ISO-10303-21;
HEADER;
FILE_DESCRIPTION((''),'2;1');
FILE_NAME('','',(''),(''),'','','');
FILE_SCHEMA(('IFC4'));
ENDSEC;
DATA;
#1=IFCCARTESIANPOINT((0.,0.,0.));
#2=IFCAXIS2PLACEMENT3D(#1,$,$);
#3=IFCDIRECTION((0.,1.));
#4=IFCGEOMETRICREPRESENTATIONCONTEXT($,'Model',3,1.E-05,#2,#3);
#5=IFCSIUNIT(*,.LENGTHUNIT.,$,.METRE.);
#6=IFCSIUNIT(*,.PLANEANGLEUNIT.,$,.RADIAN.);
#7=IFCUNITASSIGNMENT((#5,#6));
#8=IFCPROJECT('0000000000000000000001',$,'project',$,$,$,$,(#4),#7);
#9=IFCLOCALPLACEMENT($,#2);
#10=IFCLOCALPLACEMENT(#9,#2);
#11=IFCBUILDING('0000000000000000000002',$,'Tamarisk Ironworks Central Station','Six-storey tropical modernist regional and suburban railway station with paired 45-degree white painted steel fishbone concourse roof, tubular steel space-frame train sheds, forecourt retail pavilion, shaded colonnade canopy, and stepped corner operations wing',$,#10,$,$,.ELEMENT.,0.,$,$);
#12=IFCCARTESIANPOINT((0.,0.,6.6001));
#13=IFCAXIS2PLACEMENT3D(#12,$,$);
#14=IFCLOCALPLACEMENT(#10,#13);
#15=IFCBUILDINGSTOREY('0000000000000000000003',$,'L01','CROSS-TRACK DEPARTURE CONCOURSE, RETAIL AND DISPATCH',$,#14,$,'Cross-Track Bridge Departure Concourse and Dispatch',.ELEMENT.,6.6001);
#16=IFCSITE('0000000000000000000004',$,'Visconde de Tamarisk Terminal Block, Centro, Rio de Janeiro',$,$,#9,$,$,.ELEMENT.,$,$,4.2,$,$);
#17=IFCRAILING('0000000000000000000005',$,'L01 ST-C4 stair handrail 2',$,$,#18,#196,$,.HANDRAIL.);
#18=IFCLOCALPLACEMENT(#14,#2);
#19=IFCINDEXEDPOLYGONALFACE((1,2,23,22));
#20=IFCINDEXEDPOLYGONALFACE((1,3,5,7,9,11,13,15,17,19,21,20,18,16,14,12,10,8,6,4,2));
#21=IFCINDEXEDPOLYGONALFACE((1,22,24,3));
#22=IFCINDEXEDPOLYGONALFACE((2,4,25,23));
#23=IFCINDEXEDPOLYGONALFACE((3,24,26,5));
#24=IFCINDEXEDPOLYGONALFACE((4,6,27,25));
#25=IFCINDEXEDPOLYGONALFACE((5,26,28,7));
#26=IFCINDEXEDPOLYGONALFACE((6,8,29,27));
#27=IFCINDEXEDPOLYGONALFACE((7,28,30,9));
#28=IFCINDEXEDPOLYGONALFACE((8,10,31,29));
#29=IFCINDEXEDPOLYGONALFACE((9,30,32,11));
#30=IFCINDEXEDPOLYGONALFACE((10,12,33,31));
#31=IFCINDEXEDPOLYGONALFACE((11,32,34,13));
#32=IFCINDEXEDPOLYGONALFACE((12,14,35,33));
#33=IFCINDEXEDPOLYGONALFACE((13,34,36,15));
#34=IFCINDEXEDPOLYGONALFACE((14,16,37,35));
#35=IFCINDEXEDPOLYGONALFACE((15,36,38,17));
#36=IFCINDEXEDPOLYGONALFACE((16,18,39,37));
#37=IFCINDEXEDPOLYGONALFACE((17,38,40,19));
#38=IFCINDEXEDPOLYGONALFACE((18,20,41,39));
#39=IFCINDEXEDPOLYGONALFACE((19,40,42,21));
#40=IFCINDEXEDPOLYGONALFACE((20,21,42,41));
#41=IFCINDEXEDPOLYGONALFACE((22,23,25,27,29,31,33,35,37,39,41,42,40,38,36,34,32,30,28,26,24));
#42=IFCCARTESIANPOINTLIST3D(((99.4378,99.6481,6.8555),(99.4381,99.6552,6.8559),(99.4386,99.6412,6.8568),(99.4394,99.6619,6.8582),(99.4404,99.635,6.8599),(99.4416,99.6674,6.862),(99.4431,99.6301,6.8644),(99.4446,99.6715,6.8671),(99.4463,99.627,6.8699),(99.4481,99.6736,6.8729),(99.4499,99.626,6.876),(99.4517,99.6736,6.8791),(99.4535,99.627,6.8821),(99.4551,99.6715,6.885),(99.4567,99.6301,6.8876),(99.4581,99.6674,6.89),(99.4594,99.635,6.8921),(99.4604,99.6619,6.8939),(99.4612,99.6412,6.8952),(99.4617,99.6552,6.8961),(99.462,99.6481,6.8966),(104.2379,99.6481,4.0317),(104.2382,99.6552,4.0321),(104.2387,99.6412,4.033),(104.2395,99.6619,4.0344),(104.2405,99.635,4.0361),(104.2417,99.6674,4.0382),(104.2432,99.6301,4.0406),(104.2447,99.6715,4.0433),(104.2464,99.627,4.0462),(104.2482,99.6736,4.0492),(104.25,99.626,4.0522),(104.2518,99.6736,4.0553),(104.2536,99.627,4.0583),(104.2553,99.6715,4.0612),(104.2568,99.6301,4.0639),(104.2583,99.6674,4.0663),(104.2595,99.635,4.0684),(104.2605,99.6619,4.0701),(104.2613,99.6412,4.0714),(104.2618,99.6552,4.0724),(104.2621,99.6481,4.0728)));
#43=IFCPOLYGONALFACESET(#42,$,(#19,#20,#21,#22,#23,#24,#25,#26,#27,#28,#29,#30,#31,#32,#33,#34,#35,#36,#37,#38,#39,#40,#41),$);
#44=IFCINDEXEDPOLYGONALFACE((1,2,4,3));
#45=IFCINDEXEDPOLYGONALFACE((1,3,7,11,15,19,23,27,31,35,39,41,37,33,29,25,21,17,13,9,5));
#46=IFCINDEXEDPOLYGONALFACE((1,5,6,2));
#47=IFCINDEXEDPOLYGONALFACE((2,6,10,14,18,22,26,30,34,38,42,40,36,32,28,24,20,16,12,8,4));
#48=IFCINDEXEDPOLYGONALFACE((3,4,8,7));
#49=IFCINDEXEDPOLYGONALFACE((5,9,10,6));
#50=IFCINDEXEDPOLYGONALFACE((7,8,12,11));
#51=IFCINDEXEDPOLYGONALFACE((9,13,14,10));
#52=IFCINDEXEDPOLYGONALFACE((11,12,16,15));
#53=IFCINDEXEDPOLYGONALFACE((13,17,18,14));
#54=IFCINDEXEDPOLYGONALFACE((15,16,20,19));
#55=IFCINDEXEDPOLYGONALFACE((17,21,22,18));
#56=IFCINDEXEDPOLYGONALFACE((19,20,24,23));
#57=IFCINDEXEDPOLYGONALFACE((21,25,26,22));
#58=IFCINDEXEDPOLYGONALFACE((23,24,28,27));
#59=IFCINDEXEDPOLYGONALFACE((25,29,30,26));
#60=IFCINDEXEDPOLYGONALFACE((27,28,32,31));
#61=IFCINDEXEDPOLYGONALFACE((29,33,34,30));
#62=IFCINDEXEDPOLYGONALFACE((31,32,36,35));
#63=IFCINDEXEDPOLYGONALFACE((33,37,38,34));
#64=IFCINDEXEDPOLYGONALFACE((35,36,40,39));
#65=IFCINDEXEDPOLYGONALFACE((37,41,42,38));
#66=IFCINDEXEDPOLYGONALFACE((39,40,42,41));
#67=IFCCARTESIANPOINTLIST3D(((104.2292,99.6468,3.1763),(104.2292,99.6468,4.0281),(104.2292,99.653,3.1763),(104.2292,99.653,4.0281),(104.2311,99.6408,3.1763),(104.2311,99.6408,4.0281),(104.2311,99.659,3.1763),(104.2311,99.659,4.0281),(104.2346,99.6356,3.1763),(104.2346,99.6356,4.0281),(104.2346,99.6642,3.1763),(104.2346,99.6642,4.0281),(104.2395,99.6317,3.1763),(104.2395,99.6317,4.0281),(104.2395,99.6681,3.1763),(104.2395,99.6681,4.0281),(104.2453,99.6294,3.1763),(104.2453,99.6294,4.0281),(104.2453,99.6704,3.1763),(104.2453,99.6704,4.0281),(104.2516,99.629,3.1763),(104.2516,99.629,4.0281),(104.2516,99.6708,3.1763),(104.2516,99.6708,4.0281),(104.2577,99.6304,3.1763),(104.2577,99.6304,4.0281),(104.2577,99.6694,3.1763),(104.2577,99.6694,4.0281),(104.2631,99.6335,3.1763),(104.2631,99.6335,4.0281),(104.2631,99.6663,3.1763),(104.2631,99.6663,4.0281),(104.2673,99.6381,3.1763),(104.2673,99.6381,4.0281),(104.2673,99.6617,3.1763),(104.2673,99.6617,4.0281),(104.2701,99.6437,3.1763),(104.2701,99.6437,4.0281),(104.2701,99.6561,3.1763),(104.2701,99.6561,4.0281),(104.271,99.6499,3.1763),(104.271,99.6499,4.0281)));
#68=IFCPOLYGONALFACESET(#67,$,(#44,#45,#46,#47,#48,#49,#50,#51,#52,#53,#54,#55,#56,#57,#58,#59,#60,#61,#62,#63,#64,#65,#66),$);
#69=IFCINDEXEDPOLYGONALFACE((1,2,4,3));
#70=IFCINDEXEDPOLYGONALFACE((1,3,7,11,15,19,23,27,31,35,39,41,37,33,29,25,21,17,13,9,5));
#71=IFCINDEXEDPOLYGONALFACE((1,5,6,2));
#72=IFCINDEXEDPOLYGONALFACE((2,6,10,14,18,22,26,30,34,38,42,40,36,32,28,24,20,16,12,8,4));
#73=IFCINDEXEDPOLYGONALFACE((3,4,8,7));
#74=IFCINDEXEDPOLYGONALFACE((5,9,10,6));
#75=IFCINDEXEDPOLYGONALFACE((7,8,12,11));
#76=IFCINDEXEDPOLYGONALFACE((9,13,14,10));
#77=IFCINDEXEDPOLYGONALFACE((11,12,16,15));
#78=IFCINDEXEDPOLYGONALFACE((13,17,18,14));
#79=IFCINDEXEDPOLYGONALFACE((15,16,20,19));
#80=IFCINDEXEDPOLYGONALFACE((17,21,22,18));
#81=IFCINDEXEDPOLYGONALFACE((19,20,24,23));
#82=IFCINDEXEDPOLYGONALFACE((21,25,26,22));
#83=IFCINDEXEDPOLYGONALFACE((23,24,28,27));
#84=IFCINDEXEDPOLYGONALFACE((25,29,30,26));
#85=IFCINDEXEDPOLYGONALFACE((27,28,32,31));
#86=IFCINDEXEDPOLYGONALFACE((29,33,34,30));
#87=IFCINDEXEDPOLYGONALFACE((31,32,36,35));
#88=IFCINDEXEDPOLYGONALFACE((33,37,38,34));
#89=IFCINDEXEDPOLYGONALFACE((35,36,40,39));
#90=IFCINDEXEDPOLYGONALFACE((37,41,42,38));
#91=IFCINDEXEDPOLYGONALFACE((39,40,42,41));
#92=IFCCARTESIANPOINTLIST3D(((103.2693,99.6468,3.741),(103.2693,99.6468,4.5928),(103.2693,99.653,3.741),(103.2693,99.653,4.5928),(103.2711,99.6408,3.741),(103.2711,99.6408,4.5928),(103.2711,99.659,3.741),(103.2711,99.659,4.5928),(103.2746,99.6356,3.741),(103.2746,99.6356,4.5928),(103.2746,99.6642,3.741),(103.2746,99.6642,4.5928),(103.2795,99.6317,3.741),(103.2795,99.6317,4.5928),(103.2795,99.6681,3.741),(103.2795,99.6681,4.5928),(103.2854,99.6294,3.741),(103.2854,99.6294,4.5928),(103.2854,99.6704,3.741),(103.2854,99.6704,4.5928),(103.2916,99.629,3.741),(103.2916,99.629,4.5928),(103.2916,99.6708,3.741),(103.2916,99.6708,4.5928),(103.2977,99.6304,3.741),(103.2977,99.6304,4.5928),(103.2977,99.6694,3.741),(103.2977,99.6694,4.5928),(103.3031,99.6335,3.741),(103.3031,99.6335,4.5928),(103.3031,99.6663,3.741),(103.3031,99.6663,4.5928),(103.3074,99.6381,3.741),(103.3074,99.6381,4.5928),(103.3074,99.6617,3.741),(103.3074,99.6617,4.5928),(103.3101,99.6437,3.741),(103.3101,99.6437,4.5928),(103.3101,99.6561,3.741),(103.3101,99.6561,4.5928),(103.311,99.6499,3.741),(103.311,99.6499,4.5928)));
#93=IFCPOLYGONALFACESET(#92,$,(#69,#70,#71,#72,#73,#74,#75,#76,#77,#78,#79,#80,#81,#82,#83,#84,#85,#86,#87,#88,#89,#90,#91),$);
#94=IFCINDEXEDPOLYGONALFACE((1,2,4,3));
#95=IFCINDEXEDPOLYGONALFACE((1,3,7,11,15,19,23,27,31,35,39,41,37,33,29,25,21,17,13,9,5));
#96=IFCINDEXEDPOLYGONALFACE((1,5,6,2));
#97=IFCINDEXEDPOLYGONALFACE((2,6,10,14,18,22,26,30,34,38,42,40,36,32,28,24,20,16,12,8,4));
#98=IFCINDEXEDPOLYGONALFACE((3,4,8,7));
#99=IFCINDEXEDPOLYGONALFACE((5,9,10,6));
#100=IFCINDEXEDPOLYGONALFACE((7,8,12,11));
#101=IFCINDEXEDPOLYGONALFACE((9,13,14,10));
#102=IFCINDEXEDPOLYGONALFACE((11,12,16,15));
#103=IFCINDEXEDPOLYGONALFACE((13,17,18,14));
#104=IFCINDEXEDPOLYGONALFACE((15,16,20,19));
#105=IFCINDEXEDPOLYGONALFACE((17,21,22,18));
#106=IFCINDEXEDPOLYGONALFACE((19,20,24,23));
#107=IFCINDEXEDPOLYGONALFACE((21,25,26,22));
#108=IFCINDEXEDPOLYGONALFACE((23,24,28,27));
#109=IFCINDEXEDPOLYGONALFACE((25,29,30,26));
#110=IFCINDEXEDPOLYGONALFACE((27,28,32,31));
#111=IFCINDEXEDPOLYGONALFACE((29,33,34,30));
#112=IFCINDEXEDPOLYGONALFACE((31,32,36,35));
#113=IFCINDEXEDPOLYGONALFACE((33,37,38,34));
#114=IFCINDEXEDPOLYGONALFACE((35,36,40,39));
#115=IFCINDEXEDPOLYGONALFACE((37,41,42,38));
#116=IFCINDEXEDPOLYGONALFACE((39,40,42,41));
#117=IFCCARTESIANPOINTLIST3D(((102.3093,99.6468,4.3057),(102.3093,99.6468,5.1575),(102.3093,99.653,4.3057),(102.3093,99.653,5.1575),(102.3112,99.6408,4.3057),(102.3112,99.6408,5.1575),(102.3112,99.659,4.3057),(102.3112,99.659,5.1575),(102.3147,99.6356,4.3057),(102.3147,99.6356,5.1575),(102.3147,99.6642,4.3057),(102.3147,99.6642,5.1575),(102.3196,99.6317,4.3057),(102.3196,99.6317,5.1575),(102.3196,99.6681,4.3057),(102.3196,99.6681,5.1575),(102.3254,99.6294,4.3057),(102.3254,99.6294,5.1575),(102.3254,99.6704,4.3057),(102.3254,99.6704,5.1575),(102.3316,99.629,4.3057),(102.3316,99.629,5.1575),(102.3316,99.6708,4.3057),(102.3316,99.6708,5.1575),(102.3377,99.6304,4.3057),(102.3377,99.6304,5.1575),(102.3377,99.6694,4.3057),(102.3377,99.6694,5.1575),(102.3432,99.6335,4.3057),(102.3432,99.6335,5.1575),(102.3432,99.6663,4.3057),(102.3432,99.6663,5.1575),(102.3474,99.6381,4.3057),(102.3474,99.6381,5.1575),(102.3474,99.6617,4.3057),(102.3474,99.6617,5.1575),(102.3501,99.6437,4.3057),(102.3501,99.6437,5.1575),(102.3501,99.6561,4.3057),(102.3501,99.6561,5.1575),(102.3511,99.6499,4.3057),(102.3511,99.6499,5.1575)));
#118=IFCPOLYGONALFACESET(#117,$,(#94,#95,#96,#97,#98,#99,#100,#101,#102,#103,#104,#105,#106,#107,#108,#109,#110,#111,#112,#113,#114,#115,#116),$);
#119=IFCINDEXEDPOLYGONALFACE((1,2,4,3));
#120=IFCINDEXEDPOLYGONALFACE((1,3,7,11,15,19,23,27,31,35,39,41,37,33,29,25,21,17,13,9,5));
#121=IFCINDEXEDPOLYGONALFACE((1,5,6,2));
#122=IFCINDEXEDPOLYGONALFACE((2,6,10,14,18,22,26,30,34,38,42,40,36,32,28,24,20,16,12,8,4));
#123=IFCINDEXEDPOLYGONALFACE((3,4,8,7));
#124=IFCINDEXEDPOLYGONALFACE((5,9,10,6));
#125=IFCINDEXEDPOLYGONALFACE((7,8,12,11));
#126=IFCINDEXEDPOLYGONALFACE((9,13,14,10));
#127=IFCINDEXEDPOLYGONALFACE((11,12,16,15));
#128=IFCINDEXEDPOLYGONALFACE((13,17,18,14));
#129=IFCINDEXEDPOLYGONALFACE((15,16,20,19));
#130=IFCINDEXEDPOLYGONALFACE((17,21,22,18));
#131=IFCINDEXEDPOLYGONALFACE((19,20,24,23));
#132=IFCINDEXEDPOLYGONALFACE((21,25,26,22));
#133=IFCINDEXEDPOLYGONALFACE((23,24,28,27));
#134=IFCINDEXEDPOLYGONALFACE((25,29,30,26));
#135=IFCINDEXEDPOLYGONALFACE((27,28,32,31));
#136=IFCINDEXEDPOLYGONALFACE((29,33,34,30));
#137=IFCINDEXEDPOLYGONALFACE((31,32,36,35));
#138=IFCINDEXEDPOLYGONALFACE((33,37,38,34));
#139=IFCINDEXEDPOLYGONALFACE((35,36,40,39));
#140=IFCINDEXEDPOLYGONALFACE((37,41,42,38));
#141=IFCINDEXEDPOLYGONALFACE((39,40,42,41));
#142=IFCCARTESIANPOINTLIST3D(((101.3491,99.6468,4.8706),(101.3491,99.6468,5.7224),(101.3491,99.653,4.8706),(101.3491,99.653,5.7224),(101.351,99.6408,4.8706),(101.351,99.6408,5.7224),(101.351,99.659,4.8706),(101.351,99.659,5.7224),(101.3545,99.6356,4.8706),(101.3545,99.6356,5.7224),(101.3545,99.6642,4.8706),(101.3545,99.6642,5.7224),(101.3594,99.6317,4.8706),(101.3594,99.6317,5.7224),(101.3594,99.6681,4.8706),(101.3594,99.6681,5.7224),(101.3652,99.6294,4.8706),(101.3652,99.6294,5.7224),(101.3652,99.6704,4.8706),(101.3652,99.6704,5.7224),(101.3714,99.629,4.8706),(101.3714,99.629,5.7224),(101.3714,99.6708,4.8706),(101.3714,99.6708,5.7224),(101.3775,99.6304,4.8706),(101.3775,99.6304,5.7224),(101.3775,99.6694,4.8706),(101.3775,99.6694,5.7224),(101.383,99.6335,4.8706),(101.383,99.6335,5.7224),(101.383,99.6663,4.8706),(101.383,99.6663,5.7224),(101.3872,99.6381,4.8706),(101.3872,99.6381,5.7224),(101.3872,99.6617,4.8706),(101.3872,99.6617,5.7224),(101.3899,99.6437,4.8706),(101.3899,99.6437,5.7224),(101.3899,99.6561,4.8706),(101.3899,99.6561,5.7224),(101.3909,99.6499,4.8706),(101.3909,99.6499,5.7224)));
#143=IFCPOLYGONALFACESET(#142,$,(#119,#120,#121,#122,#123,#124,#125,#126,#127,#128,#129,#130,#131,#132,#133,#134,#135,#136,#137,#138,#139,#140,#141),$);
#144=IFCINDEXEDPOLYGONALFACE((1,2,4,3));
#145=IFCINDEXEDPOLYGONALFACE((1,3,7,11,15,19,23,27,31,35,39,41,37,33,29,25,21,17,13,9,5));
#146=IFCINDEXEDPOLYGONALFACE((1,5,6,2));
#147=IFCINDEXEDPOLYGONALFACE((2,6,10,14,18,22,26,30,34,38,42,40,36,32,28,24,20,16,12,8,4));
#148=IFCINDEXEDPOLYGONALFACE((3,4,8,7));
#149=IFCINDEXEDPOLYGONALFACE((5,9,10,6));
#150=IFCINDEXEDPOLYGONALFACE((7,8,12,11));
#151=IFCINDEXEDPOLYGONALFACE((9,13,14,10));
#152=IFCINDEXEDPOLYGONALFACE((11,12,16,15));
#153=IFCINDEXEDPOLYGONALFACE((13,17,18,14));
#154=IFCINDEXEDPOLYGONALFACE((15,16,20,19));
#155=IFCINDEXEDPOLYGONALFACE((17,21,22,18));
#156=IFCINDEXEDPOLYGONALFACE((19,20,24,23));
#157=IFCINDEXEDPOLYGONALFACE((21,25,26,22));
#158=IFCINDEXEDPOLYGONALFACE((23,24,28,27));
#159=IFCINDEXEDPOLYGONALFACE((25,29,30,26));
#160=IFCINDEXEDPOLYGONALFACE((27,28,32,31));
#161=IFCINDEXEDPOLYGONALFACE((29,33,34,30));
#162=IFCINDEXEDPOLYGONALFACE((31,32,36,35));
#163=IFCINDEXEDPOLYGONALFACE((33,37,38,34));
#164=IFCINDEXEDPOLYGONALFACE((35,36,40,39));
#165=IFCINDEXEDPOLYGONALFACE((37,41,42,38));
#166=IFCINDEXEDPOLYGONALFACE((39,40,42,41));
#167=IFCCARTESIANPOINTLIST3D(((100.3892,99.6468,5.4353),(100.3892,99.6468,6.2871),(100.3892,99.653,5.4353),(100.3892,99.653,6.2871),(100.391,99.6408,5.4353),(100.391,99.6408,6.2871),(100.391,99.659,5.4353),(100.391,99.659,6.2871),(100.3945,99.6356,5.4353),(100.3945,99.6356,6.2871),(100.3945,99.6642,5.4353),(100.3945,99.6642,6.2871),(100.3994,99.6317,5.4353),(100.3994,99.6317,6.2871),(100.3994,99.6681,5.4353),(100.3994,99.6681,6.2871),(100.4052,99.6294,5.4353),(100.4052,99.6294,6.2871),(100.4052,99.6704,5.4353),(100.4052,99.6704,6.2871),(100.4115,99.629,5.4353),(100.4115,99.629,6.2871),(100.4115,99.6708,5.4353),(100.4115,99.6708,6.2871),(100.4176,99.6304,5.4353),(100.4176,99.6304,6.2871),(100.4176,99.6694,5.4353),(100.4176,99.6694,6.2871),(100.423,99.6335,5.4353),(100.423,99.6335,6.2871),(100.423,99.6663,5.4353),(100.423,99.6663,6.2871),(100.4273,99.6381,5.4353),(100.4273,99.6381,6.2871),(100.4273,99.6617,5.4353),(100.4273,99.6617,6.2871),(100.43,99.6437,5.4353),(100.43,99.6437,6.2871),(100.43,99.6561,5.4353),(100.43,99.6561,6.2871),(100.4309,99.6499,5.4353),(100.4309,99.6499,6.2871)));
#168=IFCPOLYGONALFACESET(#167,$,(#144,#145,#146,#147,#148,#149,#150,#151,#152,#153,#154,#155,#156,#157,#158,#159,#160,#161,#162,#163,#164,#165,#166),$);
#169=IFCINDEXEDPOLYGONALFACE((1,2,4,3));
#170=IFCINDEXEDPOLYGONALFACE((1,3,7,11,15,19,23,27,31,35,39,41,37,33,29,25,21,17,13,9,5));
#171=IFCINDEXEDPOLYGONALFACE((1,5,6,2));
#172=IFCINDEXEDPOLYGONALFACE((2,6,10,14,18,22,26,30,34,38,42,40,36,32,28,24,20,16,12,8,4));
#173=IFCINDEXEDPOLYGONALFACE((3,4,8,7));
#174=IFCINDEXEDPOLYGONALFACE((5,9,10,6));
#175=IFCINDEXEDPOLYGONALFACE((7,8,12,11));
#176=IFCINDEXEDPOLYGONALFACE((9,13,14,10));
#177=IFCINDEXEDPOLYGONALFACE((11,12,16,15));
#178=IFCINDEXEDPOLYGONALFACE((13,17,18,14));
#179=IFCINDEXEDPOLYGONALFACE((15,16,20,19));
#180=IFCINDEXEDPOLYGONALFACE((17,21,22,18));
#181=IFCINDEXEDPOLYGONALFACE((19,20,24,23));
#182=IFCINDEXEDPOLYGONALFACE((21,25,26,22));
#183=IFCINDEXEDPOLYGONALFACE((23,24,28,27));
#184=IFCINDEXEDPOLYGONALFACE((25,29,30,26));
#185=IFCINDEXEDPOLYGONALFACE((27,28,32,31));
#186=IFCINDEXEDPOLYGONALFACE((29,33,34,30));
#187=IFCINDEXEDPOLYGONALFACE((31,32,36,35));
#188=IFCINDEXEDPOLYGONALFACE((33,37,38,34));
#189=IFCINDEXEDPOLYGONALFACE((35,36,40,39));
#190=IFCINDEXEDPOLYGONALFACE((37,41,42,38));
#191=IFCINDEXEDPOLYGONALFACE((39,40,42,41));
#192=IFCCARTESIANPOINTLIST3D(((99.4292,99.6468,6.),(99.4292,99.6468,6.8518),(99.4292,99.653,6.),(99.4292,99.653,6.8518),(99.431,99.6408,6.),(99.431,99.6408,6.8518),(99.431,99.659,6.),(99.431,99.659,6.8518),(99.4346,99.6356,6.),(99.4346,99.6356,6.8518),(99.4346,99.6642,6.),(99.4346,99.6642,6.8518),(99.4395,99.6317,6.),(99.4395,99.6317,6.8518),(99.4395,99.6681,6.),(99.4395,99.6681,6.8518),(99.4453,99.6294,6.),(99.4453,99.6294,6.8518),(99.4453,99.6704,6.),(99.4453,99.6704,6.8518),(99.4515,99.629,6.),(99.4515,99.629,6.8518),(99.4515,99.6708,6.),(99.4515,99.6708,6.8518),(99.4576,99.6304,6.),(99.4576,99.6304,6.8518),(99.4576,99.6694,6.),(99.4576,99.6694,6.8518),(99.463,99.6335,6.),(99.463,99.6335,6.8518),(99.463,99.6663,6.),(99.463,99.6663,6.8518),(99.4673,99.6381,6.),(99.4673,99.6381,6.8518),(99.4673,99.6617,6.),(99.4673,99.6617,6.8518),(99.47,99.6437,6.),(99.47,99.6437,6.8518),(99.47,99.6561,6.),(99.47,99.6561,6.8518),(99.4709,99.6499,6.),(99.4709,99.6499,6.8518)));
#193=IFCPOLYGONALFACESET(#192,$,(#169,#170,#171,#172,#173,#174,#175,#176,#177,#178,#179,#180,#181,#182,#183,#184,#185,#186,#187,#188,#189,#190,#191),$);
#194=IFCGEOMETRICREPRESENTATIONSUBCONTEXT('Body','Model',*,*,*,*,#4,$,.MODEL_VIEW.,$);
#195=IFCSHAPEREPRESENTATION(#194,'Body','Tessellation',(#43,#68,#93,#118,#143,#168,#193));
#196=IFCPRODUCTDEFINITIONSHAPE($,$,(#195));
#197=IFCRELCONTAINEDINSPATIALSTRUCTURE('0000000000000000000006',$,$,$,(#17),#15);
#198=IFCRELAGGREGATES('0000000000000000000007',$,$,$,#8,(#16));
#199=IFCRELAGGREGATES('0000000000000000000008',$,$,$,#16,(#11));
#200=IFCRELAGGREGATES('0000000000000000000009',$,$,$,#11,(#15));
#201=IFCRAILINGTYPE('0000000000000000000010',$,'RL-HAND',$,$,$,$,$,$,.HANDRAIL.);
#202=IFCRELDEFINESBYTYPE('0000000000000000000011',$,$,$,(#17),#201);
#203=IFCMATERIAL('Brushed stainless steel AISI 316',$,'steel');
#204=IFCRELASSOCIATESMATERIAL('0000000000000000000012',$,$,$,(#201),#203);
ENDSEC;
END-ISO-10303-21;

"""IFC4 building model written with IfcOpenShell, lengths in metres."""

from ifc_helpers import new_model, si_unit, direction, frame, origin, origin_2d, place, context, subcontext, project, spatial, circle, extrude, material, type_object, element, save


model = new_model("IFC4")

# Units and contexts
model_context = context("Model", 3, precision=1e-05, world=origin(), true_north=direction((0.0, 1.0)))
body_context = subcontext(model_context, "Body", "Model", "MODEL_VIEW")
ifc_project = project(units=[si_unit("LENGTHUNIT", "METRE"), si_unit("PLANEANGLEUNIT", "RADIAN")], contexts=[model_context])

# Site, building, storey
site_placement = place(None, origin())
site = spatial("IfcSite", under=ifc_project, at=site_placement, Name="Visconde de Tamarisk Terminal Block, Centro, Rio de Janeiro", CompositionType="ELEMENT", RefElevation=4.2)
building_placement = place(site_placement, origin())
building = spatial("IfcBuilding", under=site, at=building_placement, Name="Tamarisk Ironworks Central Station", Description="Six-storey tropical modernist regional and suburban railway station with paired 45-degree white painted steel fishbone concourse roof, tubular steel space-frame train sheds, forecourt retail pavilion, shaded colonnade canopy, and stepped corner operations wing", CompositionType="ELEMENT", ElevationOfRefHeight=0.0)
storey_placement = place(building_placement, frame((0.0, 0.0, 6.6001)))
storey = spatial("IfcBuildingStorey", under=building, at=storey_placement, Name="L01", Description="CROSS-TRACK DEPARTURE CONCOURSE, RETAIL AND DISPATCH", LongName="Cross-Track Bridge Departure Concourse and Dispatch", CompositionType="ELEMENT", Elevation=6.6001)

# Railing
ifc_material_1 = material(Name="Brushed stainless steel AISI 316", Category="steel")
railing_type_1 = type_object("IfcRailingType", Name="RL-HAND", PredefinedType="HANDRAIL", material=ifc_material_1)
railing_1_placement = place(storey_placement, frame((104.25, 99.6499, 3.1763)))
element("IfcRailing", 1, at=railing_1_placement, inside=storey, type_object=railing_type_1, Name="L01 ST-C4 stair handrail 2", PredefinedType="HANDRAIL", context=body_context, shape_type="SweptSolid", body=[
    extrude(circle(Radius=0.0239, at=origin_2d()), frame((0.0, 0.0, 0.876), z_axis=(-0.861921, 0.0, 0.507043), x_axis=(0.0, -1.0, 0.0)), (0.0, 0.0, 1.0), 5.5691),
    extrude(circle(Radius=0.021, at=origin_2d()), origin(), (0.0, 0.0, 1.0), 0.8518),
    extrude(circle(Radius=0.021, at=origin_2d()), frame((-0.96, 0.0, 0.5647)), (0.0, 0.0, 1.0), 0.8518),
    extrude(circle(Radius=0.021, at=origin_2d()), frame((-1.9199, 0.0, 1.1294)), (0.0, 0.0, 1.0), 0.8518),
    extrude(circle(Radius=0.021, at=origin_2d()), frame((-2.8801, 0.0, 1.6943)), (0.0, 0.0, 1.0), 0.8518),
    extrude(circle(Radius=0.021, at=origin_2d()), frame((-3.8401, 0.0, 2.259)), (0.0, 0.0, 1.0), 0.8518),
    extrude(circle(Radius=0.021, at=origin_2d()), frame((-4.8, 0.0, 2.8237)), (0.0, 0.0, 1.0), 0.8518),
])

save(model, "model.ifc")
